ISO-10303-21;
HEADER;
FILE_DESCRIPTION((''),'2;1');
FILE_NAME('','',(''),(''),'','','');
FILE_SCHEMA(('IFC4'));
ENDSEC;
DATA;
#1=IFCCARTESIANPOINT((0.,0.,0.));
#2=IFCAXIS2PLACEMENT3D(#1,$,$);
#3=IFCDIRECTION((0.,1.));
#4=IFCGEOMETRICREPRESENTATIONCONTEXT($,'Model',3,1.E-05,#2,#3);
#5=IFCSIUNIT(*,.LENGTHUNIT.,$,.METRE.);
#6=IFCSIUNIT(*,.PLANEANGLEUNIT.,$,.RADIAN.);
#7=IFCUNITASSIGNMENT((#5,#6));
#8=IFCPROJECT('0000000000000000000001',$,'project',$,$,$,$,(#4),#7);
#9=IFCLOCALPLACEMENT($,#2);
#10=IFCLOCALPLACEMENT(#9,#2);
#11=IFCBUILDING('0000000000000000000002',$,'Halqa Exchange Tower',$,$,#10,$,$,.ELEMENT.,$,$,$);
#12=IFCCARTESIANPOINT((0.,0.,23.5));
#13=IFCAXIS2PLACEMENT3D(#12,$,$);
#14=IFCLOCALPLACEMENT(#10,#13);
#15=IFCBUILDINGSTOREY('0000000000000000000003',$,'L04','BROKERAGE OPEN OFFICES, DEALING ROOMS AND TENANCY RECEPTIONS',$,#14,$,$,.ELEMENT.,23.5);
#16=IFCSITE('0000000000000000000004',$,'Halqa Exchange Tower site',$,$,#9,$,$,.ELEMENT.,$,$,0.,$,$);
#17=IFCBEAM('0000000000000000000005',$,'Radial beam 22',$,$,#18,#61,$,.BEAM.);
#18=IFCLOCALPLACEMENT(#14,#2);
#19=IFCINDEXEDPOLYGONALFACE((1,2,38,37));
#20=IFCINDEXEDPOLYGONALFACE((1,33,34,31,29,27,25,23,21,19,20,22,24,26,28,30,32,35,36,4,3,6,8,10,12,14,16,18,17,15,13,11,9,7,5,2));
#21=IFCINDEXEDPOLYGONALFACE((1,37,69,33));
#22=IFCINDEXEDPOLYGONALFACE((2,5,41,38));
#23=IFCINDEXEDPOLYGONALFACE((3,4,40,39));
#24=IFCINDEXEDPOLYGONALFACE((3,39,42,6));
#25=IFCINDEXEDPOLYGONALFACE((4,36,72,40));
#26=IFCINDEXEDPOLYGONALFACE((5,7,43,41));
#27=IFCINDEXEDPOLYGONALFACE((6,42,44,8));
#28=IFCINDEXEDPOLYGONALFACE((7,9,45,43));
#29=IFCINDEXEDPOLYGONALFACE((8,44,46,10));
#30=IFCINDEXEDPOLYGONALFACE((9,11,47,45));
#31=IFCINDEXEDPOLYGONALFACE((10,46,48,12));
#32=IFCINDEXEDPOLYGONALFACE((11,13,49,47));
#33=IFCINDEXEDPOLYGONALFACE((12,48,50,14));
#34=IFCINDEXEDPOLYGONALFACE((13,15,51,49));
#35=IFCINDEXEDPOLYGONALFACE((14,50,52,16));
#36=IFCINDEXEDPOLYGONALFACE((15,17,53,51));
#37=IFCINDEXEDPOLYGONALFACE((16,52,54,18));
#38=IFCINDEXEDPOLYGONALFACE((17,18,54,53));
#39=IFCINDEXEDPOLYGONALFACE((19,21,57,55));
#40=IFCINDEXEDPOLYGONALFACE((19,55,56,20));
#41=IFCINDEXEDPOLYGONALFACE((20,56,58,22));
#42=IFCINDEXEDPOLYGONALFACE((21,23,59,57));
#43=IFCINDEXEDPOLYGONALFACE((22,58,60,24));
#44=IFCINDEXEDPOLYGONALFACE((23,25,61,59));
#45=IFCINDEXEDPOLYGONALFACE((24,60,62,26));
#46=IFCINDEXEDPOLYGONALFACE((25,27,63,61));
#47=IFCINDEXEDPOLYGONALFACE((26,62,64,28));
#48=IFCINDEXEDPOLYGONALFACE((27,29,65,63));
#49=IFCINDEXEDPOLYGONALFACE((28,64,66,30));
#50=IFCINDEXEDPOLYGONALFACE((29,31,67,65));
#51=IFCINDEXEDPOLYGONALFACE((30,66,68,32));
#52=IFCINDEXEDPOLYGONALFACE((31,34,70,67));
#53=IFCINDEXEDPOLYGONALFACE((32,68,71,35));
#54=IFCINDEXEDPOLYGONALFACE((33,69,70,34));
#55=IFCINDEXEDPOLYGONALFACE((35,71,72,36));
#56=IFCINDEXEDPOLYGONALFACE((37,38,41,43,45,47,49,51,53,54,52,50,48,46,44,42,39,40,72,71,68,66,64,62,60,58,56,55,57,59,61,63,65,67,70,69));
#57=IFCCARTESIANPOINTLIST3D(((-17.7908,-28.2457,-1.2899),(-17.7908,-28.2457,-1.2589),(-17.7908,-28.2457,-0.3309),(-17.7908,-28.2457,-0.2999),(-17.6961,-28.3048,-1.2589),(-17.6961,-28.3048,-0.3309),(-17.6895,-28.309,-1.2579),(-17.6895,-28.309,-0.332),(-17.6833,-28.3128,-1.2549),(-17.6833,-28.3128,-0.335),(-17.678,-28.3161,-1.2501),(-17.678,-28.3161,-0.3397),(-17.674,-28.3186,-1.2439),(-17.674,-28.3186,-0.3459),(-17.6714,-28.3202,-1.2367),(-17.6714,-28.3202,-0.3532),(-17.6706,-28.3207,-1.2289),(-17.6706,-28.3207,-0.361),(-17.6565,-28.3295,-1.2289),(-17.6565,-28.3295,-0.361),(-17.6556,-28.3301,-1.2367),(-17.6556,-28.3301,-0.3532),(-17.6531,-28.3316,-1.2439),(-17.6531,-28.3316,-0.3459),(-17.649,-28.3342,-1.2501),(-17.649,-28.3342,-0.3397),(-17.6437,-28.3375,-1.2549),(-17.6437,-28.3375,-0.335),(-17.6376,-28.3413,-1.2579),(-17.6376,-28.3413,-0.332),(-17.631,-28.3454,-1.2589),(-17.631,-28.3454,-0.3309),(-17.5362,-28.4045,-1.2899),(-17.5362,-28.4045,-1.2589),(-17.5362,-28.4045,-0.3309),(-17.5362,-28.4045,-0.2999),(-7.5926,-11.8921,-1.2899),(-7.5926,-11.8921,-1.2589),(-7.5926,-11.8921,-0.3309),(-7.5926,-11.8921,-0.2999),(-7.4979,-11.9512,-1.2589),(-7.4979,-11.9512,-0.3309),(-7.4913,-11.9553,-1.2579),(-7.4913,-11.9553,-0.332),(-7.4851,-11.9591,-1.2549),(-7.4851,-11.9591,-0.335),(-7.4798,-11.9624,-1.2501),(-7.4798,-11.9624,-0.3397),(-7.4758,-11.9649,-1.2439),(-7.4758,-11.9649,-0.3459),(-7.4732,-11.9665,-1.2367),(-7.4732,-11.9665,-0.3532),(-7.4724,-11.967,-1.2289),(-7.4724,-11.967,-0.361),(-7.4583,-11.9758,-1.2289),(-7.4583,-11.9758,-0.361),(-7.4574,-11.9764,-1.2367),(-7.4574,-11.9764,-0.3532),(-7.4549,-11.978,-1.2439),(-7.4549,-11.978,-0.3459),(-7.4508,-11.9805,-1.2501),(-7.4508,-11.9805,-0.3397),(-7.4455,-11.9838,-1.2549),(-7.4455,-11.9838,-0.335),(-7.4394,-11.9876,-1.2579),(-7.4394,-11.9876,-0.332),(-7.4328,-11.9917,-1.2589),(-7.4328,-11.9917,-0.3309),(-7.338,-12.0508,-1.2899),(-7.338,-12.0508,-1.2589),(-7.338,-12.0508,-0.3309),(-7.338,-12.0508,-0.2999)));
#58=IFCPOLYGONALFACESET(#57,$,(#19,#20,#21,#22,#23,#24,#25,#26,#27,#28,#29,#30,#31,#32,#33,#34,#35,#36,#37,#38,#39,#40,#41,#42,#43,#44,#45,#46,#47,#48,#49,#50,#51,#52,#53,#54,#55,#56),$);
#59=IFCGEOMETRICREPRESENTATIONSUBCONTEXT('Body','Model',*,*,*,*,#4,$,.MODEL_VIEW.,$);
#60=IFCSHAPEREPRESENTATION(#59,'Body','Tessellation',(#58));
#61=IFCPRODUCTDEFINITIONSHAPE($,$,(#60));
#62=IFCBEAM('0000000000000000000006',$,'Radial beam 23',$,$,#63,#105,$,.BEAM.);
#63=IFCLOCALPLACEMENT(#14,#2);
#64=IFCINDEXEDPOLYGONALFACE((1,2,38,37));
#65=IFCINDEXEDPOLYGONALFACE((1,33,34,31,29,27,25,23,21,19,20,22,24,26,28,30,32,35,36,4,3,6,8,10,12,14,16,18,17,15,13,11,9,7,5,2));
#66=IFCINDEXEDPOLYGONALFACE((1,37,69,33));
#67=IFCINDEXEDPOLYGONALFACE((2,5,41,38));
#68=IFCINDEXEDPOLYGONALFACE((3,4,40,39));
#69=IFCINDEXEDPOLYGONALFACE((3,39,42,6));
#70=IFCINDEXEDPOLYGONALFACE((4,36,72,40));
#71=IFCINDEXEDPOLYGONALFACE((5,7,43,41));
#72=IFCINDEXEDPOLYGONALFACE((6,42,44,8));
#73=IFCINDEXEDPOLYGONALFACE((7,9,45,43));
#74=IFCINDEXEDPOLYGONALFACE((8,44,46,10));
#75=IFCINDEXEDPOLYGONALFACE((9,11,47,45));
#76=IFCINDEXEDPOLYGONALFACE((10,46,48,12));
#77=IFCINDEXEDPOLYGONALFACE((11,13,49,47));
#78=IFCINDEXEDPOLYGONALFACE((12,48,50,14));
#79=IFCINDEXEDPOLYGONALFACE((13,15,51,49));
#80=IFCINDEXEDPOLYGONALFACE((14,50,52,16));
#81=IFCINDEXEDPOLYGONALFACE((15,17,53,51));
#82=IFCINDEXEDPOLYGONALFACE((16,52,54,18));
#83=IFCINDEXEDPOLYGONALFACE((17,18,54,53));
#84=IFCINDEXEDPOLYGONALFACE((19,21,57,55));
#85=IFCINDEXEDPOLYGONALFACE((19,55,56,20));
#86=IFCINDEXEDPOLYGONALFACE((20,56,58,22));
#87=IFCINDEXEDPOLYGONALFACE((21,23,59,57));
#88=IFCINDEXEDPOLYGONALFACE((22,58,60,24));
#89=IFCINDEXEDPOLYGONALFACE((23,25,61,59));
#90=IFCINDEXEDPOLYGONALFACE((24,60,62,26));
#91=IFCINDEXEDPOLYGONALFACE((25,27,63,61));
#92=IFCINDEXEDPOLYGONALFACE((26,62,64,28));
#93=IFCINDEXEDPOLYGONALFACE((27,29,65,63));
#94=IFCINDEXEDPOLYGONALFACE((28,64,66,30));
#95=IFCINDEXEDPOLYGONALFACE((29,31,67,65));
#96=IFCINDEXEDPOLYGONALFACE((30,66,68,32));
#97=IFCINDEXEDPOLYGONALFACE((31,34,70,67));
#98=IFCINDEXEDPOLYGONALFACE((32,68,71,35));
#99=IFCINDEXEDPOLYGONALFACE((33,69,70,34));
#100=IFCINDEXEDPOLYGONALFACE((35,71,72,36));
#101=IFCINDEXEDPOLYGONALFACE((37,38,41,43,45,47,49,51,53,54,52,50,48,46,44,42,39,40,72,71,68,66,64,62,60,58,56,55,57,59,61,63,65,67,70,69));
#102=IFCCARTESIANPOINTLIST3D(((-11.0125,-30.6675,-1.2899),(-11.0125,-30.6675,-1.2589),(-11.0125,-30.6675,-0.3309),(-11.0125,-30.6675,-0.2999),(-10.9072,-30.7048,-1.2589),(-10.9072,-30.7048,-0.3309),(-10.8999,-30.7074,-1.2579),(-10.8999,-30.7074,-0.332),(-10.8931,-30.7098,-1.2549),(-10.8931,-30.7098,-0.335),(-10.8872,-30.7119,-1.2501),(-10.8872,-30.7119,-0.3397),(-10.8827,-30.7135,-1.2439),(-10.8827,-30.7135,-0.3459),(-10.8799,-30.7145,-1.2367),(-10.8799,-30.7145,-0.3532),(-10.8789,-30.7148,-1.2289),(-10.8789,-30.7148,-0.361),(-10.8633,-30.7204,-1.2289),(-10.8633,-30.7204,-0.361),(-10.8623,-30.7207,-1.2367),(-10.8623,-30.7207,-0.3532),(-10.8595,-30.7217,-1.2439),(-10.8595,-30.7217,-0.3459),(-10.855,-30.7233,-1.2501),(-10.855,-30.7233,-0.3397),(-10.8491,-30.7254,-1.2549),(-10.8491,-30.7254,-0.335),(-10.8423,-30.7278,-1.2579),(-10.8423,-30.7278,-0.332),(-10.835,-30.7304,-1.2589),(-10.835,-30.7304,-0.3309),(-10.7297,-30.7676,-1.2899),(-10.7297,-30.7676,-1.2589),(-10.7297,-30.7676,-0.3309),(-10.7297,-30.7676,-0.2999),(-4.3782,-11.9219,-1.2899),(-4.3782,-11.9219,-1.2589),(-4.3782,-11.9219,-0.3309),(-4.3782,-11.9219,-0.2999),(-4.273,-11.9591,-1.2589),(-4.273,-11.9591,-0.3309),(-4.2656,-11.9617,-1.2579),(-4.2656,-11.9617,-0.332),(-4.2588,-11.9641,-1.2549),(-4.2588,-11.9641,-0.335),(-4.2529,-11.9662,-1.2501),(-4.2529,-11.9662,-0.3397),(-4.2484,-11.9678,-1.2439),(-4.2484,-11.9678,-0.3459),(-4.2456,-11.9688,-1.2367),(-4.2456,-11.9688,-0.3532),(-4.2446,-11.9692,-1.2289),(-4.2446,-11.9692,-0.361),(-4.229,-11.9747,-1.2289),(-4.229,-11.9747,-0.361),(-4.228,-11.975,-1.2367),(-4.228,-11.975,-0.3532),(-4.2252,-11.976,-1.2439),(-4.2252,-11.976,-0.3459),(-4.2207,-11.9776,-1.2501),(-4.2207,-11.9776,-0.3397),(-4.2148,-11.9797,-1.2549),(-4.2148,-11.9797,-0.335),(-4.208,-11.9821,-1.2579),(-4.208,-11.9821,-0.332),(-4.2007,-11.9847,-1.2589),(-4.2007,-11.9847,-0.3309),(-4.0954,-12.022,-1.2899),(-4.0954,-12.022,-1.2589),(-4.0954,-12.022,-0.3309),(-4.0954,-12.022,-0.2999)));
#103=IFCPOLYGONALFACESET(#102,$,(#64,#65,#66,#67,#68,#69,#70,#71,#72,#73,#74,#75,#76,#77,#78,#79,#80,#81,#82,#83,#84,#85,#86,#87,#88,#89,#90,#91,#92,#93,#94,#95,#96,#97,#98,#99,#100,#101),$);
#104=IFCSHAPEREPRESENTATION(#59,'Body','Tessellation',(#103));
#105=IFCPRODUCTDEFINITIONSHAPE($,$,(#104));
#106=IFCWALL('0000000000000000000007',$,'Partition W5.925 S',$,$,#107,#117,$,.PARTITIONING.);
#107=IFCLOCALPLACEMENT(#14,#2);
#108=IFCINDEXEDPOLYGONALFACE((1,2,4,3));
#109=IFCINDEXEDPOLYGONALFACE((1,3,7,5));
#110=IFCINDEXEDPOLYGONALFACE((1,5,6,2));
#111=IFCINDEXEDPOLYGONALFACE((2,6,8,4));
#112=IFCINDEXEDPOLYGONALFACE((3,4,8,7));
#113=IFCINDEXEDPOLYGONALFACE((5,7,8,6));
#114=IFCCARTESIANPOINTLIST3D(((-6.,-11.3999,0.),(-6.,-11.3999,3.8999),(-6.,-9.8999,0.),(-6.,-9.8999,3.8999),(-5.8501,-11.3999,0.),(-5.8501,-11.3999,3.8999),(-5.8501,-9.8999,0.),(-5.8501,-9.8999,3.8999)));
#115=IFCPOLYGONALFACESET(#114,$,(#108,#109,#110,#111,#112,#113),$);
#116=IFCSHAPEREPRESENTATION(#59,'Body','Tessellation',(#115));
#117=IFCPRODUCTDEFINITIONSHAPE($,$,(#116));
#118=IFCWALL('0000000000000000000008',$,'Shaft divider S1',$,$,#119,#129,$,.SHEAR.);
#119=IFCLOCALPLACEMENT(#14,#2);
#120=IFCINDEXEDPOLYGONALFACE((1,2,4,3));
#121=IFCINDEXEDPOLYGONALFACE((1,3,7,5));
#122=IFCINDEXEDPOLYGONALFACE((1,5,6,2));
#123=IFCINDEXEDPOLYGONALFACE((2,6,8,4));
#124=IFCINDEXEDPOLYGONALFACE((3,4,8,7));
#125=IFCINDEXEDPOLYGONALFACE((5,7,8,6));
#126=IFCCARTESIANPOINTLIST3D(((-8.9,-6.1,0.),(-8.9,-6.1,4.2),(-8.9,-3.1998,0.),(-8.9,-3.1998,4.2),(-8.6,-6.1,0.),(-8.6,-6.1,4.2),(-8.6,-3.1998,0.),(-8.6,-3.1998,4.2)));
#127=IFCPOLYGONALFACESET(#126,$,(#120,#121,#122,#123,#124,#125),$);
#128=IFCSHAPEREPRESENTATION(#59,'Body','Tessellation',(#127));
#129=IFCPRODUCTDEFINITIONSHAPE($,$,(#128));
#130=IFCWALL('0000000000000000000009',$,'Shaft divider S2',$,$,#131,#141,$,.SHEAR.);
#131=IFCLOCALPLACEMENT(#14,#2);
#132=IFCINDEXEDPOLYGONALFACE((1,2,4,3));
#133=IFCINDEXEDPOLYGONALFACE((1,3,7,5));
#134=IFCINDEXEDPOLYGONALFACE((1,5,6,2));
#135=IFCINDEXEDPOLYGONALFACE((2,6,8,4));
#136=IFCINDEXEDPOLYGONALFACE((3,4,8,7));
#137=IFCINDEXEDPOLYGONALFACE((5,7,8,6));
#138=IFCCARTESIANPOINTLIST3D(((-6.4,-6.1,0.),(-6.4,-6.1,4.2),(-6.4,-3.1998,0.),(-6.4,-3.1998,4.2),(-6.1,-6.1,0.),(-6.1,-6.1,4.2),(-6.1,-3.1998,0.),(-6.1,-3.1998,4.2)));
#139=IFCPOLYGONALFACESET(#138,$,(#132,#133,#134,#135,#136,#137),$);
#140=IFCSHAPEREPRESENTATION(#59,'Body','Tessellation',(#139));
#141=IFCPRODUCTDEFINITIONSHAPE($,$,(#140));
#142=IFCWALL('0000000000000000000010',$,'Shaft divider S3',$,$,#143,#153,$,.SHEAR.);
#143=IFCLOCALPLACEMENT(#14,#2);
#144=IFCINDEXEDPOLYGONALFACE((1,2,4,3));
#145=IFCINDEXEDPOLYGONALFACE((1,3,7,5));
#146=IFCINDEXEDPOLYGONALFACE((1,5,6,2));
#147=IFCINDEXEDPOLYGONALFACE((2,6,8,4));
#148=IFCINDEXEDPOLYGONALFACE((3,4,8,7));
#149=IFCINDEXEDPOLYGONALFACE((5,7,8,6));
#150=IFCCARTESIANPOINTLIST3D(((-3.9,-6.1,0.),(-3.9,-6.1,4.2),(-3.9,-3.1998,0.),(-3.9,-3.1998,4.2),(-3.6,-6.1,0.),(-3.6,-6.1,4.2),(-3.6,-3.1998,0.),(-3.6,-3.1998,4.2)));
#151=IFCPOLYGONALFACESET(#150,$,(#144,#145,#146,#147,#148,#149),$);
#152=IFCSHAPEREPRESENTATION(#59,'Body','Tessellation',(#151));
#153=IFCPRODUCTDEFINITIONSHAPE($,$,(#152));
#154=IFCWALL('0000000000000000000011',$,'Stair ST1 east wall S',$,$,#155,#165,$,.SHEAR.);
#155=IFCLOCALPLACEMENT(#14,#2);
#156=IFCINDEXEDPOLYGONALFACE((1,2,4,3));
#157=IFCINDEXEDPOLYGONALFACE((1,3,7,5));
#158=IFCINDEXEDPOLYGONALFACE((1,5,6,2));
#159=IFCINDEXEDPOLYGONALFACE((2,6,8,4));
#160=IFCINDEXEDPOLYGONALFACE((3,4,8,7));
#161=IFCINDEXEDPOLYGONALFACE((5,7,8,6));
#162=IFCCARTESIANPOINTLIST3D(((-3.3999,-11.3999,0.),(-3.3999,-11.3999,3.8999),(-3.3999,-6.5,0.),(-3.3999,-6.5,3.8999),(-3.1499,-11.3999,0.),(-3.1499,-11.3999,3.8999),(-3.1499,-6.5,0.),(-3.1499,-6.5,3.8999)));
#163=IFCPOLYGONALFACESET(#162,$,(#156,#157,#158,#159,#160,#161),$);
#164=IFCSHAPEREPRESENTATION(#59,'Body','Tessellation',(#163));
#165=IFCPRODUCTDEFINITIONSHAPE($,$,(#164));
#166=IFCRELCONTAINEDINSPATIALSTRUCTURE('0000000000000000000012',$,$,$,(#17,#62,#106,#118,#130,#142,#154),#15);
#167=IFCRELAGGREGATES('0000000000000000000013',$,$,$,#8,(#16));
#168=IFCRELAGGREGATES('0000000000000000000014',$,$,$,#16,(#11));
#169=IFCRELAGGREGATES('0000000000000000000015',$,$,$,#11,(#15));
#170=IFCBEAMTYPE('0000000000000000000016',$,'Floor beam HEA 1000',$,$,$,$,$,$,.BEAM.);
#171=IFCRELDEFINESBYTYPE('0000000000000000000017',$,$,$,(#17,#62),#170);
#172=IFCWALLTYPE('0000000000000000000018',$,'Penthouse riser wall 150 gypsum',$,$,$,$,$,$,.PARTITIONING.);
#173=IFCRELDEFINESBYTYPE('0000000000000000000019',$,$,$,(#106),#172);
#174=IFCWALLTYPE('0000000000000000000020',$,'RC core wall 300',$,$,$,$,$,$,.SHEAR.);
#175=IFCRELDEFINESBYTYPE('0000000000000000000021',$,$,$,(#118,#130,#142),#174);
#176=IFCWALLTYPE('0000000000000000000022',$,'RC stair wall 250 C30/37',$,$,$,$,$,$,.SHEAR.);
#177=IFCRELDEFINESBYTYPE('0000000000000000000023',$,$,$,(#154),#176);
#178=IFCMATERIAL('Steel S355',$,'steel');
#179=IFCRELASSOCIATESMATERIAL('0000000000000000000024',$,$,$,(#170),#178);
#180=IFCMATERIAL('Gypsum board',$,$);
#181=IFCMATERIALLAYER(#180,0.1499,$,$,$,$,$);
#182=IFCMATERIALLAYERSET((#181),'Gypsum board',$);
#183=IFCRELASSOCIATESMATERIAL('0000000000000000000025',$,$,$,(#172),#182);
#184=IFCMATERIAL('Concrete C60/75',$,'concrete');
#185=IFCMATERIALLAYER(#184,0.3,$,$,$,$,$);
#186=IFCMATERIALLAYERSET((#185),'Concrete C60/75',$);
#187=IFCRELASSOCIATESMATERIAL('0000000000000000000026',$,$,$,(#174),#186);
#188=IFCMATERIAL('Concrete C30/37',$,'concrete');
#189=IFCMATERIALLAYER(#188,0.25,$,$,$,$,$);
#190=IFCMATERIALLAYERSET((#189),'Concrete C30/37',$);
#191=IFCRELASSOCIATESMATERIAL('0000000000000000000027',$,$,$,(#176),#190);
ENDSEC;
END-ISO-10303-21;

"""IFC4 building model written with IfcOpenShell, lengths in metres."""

from ifc_helpers import new_model, si_unit, direction, frame, frame_2d, origin, origin_2d, place, context, subcontext, project, spatial, rectangle, i_section, extrude, material, layer, layer_set, material_profile, profile_set, type_object, element, save


model = new_model("IFC4")

# Units and contexts
model_context = context("Model", 3, precision=1e-05, world=origin(), true_north=direction((0.0, 1.0)))
body_context = subcontext(model_context, "Body", "Model", "MODEL_VIEW")
ifc_project = project(units=[si_unit("LENGTHUNIT", "METRE"), si_unit("PLANEANGLEUNIT", "RADIAN")], contexts=[model_context])

# Site, building, storey
site_placement = place(None, origin())
site = spatial("IfcSite", under=ifc_project, at=site_placement, Name="Halqa Exchange Tower site", CompositionType="ELEMENT", RefElevation=0.0)
building_placement = place(site_placement, origin())
building = spatial("IfcBuilding", under=site, at=building_placement, Name="Halqa Exchange Tower", CompositionType="ELEMENT")
storey_placement = place(building_placement, frame((0.0, 0.0, 23.5)))
storey = spatial("IfcBuildingStorey", under=building, at=storey_placement, Name="L04", Description="BROKERAGE OPEN OFFICES, DEALING ROOMS AND TENANCY RECEPTIONS", CompositionType="ELEMENT", Elevation=23.5)

# Beams
ifc_material_1 = material(Name="Steel S355", Category="steel")
ifc_material_profile = material_profile(ifc_material_1, i_section(OverallWidth=0.3, OverallDepth=0.99, WebThickness=0.0166, FlangeThickness=0.031, FilletRadius=0.03, at=origin_2d()), Name="HEA 1000")
ifc_profile_set = profile_set([ifc_material_profile], Name="Steel S355")
beam_type = type_object("IfcBeamType", Name="Floor beam HEA 1000", PredefinedType="BEAM", material=ifc_profile_set)
beam_1_placement = place(storey_placement, frame((-7.4653, -11.9714, -0.7949), z_axis=(-0.529146, -0.848531, 0.0), x_axis=(0.848531, -0.529146, 0.0)))
element("IfcBeam", 1, at=beam_1_placement, inside=storey, type_object=beam_type, Name="Radial beam 22", PredefinedType="BEAM", context=body_context, shape_type="SweptSolid", body=[
    extrude(i_section(OverallWidth=0.3, OverallDepth=0.99, WebThickness=0.0166, FlangeThickness=0.031, FilletRadius=0.03, at=origin_2d()), origin(), (0.0, 0.0, 1.0), 19.2729),
])
beam_2_placement = place(storey_placement, frame((-4.2368, -11.9719, -0.7949), z_axis=(-0.333633, -0.942703, 0.0), x_axis=(0.942703, -0.333633, 0.0)))
element("IfcBeam", 2, at=beam_2_placement, inside=storey, type_object=beam_type, Name="Radial beam 23", PredefinedType="BEAM", context=body_context, shape_type="SweptSolid", body=[
    extrude(i_section(OverallWidth=0.3, OverallDepth=0.99, WebThickness=0.0166, FlangeThickness=0.031, FilletRadius=0.03, at=origin_2d()), origin(), (0.0, 0.0, 1.0), 19.885),
])

# Walls
ifc_material_2 = material(Name="Gypsum board")
ifc_layer_1 = layer(ifc_material_2, 0.1499)
ifc_layer_set_1 = layer_set([ifc_layer_1], Name="Gypsum board")
wall_type_1 = type_object("IfcWallType", Name="Penthouse riser wall 150 gypsum", PredefinedType="PARTITIONING", material=ifc_layer_set_1)
wall_1_placement = place(storey_placement, frame((-5.925, -11.3999, 0.0), z_axis=(0.0, 0.0, 1.0), x_axis=(0.0, 1.0, 0.0)))
element("IfcWall", 3, at=wall_1_placement, inside=storey, type_object=wall_type_1, Name="Partition W5.925 S", PredefinedType="PARTITIONING", context=body_context, shape_type="SweptSolid", body=[
    extrude(rectangle(XDim=1.5, YDim=0.1499, at=frame_2d((0.75, 0.0))), origin(), (0.0, 0.0, 1.0), 3.8999),
])
ifc_material_3 = material(Name="Concrete C60/75", Category="concrete")
ifc_layer_2 = layer(ifc_material_3, 0.3)
ifc_layer_set_2 = layer_set([ifc_layer_2], Name="Concrete C60/75")
wall_type_2 = type_object("IfcWallType", Name="RC core wall 300", PredefinedType="SHEAR", material=ifc_layer_set_2)
for number, where, z_axis, x_axis, name in (
    (4, (-8.75, -6.1001, 0.0), (0.0, 0.0, 1.0), (0.0, 1.0, 0.0), "Shaft divider S1"),
    (5, (-6.25, -6.1001, 0.0), (0.0, 0.0, 1.0), (0.0, 1.0, 0.0), "Shaft divider S2"),
    (6, (-3.75, -6.1001, 0.0), (0.0, 0.0, 1.0), (0.0, 1.0, 0.0), "Shaft divider S3"),
):
    element("IfcWall", number, at=place(storey_placement, frame(where, z_axis=z_axis, x_axis=x_axis)), inside=storey, type_object=wall_type_2, Name=name, PredefinedType="SHEAR", context=body_context, shape_type="SweptSolid", body=[
        extrude(rectangle(XDim=2.9001, YDim=0.3, at=frame_2d((1.4502, 0.0))), origin(), (0.0, 0.0, 1.0), 4.2),
    ])
ifc_material_4 = material(Name="Concrete C30/37", Category="concrete")
ifc_layer_3 = layer(ifc_material_4, 0.25)
ifc_layer_set_3 = layer_set([ifc_layer_3], Name="Concrete C30/37")
wall_type_3 = type_object("IfcWallType", Name="RC stair wall 250 C30/37", PredefinedType="SHEAR", material=ifc_layer_set_3)
wall_2_placement = place(storey_placement, frame((-3.2749, -11.3999, 0.0), z_axis=(0.0, 0.0, 1.0), x_axis=(0.0, 1.0, 0.0)))
element("IfcWall", 7, at=wall_2_placement, inside=storey, type_object=wall_type_3, Name="Stair ST1 east wall S", PredefinedType="SHEAR", context=body_context, shape_type="SweptSolid", body=[
    extrude(rectangle(XDim=4.8999, YDim=0.25, at=frame_2d((2.45, 0.0))), origin(), (0.0, 0.0, 1.0), 3.8999),
])

save(model, "model.ifc")
